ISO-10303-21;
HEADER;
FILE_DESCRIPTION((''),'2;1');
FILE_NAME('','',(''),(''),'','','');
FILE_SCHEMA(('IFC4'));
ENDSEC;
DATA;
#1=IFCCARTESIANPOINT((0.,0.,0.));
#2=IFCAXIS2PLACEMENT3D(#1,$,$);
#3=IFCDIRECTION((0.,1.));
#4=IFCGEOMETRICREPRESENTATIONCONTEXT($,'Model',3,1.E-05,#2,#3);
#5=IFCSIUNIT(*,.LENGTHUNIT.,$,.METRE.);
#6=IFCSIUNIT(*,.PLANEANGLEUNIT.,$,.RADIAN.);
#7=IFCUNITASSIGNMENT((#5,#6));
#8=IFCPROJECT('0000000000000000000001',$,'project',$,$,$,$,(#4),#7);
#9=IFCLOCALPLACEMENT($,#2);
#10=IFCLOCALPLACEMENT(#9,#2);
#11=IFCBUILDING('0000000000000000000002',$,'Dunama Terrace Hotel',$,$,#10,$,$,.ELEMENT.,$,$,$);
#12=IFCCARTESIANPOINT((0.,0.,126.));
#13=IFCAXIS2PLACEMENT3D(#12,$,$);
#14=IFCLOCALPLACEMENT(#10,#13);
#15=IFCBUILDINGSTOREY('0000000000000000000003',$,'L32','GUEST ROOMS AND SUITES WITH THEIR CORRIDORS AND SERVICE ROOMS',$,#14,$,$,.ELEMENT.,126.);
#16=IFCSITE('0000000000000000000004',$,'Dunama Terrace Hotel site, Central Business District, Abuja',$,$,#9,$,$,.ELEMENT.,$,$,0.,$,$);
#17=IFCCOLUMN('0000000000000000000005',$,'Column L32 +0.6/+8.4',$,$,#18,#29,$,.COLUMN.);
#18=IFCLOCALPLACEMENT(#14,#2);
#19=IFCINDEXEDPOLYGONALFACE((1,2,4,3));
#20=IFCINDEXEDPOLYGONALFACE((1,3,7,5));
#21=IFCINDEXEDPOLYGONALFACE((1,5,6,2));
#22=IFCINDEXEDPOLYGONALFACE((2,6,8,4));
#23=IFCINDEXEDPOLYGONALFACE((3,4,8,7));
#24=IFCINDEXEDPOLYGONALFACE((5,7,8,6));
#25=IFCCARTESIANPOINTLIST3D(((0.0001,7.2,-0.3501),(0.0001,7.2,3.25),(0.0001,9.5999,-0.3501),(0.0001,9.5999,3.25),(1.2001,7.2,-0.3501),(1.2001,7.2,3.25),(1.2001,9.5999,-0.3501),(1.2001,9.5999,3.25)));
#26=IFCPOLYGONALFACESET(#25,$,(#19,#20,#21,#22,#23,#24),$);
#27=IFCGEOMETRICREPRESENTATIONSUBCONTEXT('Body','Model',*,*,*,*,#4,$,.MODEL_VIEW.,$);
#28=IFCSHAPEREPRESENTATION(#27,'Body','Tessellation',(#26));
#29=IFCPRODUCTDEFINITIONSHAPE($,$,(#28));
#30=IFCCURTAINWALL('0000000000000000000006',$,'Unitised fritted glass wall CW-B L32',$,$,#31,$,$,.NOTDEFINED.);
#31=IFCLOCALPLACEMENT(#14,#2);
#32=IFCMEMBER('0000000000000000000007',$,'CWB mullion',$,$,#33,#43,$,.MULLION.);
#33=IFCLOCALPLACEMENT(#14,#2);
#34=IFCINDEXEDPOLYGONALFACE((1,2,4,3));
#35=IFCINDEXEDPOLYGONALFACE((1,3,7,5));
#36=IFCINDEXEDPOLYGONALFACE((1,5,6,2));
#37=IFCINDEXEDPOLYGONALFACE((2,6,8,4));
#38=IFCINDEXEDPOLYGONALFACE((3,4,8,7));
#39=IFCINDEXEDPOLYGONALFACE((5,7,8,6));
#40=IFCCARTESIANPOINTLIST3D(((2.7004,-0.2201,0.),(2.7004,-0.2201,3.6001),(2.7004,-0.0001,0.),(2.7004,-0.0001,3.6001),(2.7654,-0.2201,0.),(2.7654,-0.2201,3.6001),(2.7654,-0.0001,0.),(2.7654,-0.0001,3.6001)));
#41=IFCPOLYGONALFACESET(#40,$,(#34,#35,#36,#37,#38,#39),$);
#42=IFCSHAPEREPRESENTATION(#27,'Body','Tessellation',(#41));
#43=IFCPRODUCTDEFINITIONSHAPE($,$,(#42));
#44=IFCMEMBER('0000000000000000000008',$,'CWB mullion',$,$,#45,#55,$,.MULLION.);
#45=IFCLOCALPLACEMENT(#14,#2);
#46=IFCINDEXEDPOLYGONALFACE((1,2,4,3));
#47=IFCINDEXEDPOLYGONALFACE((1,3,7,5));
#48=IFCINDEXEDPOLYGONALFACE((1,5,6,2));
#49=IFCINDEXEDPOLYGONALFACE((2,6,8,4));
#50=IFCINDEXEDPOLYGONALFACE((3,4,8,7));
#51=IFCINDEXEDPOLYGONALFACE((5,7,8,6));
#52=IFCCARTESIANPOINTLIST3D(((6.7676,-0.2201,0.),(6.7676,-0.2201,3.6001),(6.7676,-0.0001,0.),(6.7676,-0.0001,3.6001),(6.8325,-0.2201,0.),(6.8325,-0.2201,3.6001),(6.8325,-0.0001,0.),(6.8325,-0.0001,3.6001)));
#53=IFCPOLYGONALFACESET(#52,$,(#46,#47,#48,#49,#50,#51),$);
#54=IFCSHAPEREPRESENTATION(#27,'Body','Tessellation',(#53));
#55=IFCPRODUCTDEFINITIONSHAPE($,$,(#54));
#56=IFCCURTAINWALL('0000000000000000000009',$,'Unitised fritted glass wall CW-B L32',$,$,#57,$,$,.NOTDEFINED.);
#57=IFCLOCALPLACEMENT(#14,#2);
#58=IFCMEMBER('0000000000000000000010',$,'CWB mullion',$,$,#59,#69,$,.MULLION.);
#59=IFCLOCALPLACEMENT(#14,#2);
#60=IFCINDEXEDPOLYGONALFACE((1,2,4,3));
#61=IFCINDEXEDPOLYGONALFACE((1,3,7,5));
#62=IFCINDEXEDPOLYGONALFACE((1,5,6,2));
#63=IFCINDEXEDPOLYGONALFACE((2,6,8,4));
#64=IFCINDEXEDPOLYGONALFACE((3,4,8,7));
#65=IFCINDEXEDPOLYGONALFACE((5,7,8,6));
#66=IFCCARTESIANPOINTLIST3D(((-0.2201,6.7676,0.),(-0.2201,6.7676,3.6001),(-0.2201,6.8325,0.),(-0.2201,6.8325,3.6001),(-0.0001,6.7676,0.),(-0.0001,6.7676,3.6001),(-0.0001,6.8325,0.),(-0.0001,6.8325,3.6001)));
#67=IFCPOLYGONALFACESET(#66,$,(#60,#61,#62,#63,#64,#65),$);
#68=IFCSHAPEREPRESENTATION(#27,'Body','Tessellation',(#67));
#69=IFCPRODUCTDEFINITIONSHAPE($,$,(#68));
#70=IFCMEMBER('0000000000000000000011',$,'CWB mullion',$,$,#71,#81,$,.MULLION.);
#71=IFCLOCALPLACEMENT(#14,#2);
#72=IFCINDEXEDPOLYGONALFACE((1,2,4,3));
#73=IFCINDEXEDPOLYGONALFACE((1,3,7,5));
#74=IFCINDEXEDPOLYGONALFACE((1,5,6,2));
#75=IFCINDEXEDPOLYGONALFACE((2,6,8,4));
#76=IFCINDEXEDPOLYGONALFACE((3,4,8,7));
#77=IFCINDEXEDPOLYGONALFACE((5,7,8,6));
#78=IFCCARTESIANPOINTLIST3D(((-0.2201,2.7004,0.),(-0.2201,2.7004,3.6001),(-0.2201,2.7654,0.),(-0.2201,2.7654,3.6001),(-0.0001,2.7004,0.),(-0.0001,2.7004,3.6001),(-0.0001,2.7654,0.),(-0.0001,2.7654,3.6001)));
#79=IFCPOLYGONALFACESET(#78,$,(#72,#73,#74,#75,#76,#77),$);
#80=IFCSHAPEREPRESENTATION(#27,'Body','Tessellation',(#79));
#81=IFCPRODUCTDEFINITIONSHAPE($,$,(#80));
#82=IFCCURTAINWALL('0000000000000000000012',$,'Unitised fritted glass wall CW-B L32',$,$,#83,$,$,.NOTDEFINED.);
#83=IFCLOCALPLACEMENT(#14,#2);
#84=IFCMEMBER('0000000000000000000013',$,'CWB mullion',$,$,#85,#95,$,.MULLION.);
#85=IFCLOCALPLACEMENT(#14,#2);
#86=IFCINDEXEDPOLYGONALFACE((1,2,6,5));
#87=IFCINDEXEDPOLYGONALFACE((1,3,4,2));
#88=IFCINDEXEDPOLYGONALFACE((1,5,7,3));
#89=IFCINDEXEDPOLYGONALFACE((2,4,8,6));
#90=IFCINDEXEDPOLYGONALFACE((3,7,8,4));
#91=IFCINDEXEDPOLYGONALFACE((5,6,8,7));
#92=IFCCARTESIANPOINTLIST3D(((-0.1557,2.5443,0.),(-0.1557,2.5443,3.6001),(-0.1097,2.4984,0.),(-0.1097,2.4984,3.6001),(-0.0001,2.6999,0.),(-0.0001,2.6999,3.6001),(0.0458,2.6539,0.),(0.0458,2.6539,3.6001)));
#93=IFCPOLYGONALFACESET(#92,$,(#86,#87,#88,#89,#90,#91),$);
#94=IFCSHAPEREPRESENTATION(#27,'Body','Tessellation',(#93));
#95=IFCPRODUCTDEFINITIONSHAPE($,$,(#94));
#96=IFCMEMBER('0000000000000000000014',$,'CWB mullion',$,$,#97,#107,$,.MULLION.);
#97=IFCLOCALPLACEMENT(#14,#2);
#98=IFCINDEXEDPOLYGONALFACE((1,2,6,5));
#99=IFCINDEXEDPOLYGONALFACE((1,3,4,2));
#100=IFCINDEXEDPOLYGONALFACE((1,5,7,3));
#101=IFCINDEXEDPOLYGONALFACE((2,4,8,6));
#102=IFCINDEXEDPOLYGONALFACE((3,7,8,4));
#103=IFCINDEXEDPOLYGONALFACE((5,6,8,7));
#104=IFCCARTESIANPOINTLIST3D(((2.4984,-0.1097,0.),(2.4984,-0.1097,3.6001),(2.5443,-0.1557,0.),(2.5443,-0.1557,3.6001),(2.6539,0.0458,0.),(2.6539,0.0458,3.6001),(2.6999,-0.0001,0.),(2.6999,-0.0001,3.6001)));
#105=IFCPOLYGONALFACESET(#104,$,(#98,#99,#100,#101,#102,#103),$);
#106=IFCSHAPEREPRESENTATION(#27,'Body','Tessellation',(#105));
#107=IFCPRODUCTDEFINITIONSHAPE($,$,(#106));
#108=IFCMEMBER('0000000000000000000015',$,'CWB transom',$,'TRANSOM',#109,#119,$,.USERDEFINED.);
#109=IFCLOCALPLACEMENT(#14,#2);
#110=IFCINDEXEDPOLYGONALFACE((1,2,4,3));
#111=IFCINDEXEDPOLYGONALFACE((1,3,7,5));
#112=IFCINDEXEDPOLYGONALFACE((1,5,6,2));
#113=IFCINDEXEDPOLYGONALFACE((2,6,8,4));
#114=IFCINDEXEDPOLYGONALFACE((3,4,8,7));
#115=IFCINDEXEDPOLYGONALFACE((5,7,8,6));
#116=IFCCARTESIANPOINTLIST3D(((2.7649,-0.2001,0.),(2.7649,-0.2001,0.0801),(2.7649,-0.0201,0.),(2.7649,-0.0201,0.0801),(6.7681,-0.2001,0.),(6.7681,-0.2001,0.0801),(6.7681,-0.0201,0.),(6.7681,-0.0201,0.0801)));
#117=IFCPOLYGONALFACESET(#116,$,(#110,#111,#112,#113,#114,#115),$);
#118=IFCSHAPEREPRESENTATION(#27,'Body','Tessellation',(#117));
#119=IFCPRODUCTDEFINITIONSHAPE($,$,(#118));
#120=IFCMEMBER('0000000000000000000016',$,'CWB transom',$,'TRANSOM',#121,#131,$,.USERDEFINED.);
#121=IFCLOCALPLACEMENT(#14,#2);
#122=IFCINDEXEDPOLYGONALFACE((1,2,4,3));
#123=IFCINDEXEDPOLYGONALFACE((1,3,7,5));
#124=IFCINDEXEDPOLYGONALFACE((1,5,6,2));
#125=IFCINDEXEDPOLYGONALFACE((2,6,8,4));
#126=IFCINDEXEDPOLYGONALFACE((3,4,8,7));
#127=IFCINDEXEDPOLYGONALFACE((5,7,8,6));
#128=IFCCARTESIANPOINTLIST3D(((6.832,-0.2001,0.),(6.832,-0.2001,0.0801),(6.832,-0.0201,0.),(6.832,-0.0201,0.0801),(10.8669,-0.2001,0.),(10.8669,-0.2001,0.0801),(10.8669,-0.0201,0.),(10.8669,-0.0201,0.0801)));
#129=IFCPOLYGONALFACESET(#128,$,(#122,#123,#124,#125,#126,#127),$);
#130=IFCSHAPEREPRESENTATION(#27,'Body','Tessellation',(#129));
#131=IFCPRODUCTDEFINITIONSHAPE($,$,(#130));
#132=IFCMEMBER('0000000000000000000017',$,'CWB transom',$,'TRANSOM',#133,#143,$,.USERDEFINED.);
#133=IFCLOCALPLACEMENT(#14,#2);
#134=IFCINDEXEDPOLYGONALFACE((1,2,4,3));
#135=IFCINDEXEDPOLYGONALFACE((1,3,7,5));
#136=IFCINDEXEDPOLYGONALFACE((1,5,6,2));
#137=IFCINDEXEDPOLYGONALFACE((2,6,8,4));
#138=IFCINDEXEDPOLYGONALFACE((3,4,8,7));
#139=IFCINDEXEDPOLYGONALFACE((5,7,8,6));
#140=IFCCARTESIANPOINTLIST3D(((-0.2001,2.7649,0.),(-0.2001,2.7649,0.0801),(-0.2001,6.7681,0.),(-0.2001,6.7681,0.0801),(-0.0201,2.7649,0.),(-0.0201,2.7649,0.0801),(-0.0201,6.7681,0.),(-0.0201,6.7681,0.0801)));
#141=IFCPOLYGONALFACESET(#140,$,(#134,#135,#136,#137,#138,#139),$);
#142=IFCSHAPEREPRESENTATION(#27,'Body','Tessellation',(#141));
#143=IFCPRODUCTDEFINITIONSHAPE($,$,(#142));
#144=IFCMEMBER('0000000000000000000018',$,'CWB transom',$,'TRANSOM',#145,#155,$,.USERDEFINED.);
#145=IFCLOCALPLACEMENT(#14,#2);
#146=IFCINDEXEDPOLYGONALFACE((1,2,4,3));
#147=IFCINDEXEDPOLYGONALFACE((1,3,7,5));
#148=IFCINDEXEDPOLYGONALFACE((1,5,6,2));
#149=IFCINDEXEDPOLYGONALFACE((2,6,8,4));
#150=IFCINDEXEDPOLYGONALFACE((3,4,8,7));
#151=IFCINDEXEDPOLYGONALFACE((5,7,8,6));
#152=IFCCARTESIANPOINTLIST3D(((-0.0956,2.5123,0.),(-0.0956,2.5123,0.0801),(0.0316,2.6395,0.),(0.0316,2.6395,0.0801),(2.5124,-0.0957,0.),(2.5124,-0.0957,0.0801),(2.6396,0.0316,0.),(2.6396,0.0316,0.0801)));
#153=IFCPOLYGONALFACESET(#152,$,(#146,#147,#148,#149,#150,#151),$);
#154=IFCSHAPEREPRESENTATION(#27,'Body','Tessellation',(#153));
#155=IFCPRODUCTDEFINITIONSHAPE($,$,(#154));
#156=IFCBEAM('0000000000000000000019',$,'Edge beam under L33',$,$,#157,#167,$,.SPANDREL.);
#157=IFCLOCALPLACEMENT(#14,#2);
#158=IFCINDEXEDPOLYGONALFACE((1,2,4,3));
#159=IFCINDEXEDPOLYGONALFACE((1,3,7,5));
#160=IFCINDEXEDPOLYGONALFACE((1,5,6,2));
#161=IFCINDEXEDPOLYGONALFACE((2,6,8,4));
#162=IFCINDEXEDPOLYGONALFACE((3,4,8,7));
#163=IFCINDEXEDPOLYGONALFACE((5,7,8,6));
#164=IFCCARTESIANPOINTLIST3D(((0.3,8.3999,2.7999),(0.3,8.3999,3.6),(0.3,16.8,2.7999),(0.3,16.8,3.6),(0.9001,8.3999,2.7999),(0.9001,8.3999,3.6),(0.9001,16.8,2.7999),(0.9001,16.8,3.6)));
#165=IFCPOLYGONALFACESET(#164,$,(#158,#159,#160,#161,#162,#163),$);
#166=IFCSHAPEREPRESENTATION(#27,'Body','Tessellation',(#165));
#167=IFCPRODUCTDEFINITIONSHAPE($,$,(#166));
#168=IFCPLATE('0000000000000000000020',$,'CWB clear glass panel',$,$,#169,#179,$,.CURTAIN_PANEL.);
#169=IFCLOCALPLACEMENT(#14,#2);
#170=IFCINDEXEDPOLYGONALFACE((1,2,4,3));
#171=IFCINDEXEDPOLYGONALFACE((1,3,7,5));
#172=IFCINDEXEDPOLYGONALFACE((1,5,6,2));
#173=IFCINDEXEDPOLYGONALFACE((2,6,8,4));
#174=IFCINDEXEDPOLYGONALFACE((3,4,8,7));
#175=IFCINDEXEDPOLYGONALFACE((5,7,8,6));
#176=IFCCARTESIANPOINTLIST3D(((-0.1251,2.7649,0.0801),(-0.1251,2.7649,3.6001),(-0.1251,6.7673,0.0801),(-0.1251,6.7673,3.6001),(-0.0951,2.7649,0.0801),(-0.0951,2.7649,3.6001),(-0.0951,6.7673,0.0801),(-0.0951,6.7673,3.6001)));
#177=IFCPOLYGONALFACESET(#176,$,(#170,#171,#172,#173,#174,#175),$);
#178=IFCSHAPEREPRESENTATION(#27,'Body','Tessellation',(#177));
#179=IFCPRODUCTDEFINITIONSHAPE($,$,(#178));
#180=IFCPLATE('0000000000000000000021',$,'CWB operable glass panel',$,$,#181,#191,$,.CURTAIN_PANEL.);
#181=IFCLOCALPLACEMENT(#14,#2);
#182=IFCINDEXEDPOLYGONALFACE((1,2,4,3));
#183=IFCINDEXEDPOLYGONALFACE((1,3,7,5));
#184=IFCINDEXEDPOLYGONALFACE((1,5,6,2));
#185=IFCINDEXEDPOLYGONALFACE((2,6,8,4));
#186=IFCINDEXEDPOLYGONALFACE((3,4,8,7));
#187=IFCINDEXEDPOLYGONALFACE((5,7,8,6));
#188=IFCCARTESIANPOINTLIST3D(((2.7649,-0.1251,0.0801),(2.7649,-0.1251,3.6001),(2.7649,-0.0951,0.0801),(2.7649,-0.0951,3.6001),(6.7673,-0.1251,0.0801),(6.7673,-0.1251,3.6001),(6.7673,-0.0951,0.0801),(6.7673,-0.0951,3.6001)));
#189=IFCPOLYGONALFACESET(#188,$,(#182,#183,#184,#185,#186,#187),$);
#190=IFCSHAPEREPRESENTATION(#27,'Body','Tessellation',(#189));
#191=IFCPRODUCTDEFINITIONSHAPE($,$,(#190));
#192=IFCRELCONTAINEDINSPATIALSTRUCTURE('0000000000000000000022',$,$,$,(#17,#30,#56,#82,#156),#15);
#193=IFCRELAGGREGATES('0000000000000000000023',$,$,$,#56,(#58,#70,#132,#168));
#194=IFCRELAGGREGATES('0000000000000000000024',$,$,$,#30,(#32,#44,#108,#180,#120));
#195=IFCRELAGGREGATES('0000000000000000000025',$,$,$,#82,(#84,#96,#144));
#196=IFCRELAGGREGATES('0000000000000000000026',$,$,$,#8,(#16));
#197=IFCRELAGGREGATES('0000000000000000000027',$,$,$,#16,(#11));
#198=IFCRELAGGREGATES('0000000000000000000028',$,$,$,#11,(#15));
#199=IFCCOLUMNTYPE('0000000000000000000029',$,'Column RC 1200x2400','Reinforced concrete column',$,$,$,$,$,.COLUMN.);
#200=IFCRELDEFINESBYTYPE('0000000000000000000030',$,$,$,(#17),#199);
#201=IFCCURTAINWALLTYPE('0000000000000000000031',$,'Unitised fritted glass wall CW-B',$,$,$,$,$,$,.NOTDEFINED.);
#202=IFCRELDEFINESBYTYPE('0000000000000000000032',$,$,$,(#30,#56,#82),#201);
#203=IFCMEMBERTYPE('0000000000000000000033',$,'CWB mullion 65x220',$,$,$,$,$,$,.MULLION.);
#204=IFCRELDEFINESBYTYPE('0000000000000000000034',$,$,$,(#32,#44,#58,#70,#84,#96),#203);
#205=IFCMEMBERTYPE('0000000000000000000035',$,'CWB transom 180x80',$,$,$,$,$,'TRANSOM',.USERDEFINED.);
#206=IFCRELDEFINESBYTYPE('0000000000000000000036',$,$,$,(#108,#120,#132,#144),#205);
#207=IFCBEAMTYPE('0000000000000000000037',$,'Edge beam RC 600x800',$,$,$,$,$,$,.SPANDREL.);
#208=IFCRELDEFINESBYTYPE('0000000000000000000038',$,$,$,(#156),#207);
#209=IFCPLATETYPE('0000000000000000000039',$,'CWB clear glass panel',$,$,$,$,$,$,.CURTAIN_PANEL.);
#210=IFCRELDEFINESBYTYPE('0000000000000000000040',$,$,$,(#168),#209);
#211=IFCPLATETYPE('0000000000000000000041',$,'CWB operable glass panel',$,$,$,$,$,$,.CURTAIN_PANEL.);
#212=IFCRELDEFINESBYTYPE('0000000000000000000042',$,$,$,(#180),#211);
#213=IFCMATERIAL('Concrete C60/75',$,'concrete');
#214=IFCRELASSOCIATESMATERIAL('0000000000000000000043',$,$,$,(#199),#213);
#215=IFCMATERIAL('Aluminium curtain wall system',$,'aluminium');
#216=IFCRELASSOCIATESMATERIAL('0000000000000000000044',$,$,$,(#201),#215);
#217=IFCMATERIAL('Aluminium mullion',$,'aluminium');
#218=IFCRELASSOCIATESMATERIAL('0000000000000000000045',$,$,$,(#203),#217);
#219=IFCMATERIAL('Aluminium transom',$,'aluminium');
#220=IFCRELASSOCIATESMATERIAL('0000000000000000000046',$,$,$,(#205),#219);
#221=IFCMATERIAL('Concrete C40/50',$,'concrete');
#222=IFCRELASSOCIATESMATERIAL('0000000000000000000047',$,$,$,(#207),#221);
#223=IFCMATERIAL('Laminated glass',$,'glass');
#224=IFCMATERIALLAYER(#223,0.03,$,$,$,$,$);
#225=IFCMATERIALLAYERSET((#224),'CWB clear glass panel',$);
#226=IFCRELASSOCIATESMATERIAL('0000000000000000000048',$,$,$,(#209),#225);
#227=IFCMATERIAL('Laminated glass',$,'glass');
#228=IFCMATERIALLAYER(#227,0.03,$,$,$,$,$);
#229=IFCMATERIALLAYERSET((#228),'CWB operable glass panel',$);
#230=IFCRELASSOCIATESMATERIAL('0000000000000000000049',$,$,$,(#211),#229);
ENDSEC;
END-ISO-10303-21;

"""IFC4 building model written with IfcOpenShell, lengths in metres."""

from ifc_helpers import new_model, si_unit, direction, frame, origin, origin_2d, place, context, subcontext, project, spatial, rectangle, extrude, material, layer, layer_set, material_profile, profile_set, type_object, element, aggregate, save


model = new_model("IFC4")

# Units and contexts
model_context = context("Model", 3, precision=1e-05, world=origin(), true_north=direction((0.0, 1.0)))
body_context = subcontext(model_context, "Body", "Model", "MODEL_VIEW")
ifc_project = project(units=[si_unit("LENGTHUNIT", "METRE"), si_unit("PLANEANGLEUNIT", "RADIAN")], contexts=[model_context])

# Site, building, storey
site_placement = place(None, origin())
site = spatial("IfcSite", under=ifc_project, at=site_placement, Name="Dunama Terrace Hotel site, Central Business District, Abuja", CompositionType="ELEMENT", RefElevation=0.0)
building_placement = place(site_placement, origin())
building = spatial("IfcBuilding", under=site, at=building_placement, Name="Dunama Terrace Hotel", CompositionType="ELEMENT")
storey_placement = place(building_placement, frame((0.0, 0.0, 126.0)))
storey = spatial("IfcBuildingStorey", under=building, at=storey_placement, Name="L32", Description="GUEST ROOMS AND SUITES WITH THEIR CORRIDORS AND SERVICE ROOMS", CompositionType="ELEMENT", Elevation=126.0)

# Column
ifc_material_1 = material(Name="Concrete C60/75", Category="concrete")
ifc_material_profile_1 = material_profile(ifc_material_1, rectangle(XDim=1.2, YDim=2.3999, at=origin_2d()), Name="RC 1200x2400")
ifc_profile_set_1 = profile_set([ifc_material_profile_1], Name="Concrete C60/75")
column_type = type_object("IfcColumnType", Name="Column RC 1200x2400", Description="Reinforced concrete column", PredefinedType="COLUMN", material=ifc_profile_set_1)
column_placement = place(storey_placement, frame((0.6001, 8.3999, -0.3501), z_axis=(0.0, 0.0, 1.0), x_axis=(1.0, 0.0, 0.0)))
element("IfcColumn", 1, at=column_placement, inside=storey, type_object=column_type, Name="Column L32 +0.6/+8.4", PredefinedType="COLUMN", context=body_context, shape_type="SweptSolid", body=[
    extrude(rectangle(XDim=1.2, YDim=2.3999, at=origin_2d()), origin(), (0.0, 0.0, 1.0), 3.6001),
])

# Curtain walls, members
ifc_material_2 = material(Name="Aluminium curtain wall system", Category="aluminium")
curtain_wall_type = type_object("IfcCurtainWallType", Name="Unitised fritted glass wall CW-B", PredefinedType="NOTDEFINED", material=ifc_material_2)
curtain_wall_1_placement = place(storey_placement, origin())
curtain_wall_1 = element("IfcCurtainWall", 2, at=curtain_wall_1_placement, inside=storey, type_object=curtain_wall_type, Name="Unitised fritted glass wall CW-B L32", PredefinedType="NOTDEFINED")
ifc_material_3 = material(Name="Aluminium mullion", Category="aluminium")
ifc_material_profile_2 = material_profile(ifc_material_3, rectangle(XDim=0.0649, YDim=0.22, at=origin_2d()), Name="CWB MULLION 65X220")
ifc_profile_set_2 = profile_set([ifc_material_profile_2], Name="Aluminium mullion")
member_type_1 = type_object("IfcMemberType", Name="CWB mullion 65x220", PredefinedType="MULLION", material=ifc_profile_set_2)
member_1_placement = place(storey_placement, frame((2.7329, -0.1101, 0.0), z_axis=(0.0, 0.0, 1.0), x_axis=(1.0, 0.0, 0.0)))
member_1 = element("IfcMember", 3, at=member_1_placement, type_object=member_type_1, Name="CWB mullion", PredefinedType="MULLION", context=body_context, shape_type="SweptSolid", body=[
    extrude(rectangle(XDim=0.0649, YDim=0.22, at=origin_2d()), origin(), (0.0, 0.0, 1.0), 3.6001),
])
member_2_placement = place(storey_placement, frame((6.8, -0.1101, 0.0), z_axis=(0.0, 0.0, 1.0), x_axis=(1.0, 0.0, 0.0)))
member_2 = element("IfcMember", 4, at=member_2_placement, type_object=member_type_1, Name="CWB mullion", PredefinedType="MULLION", context=body_context, shape_type="SweptSolid", body=[
    extrude(rectangle(XDim=0.0649, YDim=0.22, at=origin_2d()), origin(), (0.0, 0.0, 1.0), 3.6001),
])
curtain_wall_2_placement = place(storey_placement, origin())
curtain_wall_2 = element("IfcCurtainWall", 5, at=curtain_wall_2_placement, inside=storey, type_object=curtain_wall_type, Name="Unitised fritted glass wall CW-B L32", PredefinedType="NOTDEFINED")
member_3_placement = place(storey_placement, frame((-0.1101, 6.8, 0.0), z_axis=(0.0, 0.0, 1.0), x_axis=(0.0, -1.0, 0.0)))
member_3 = element("IfcMember", 6, at=member_3_placement, type_object=member_type_1, Name="CWB mullion", PredefinedType="MULLION", context=body_context, shape_type="SweptSolid", body=[
    extrude(rectangle(XDim=0.0649, YDim=0.22, at=origin_2d()), origin(), (0.0, 0.0, 1.0), 3.6001),
])
member_4_placement = place(storey_placement, frame((-0.1101, 2.7329, 0.0), z_axis=(0.0, 0.0, 1.0), x_axis=(0.0, -1.0, 0.0)))
member_4 = element("IfcMember", 7, at=member_4_placement, type_object=member_type_1, Name="CWB mullion", PredefinedType="MULLION", context=body_context, shape_type="SweptSolid", body=[
    extrude(rectangle(XDim=0.0649, YDim=0.22, at=origin_2d()), origin(), (0.0, 0.0, 1.0), 3.6001),
])
curtain_wall_3_placement = place(storey_placement, origin())
curtain_wall_3 = element("IfcCurtainWall", 8, at=curtain_wall_3_placement, inside=storey, type_object=curtain_wall_type, Name="Unitised fritted glass wall CW-B L32", PredefinedType="NOTDEFINED")
member_5_placement = place(storey_placement, frame((-0.0549, 2.5991, 0.0), z_axis=(0.0, 0.0, 1.0), x_axis=(0.707107, -0.707107, 0.0)))
member_5 = element("IfcMember", 9, at=member_5_placement, type_object=member_type_1, Name="CWB mullion", PredefinedType="MULLION", context=body_context, shape_type="SweptSolid", body=[
    extrude(rectangle(XDim=0.0649, YDim=0.22, at=origin_2d()), origin(), (0.0, 0.0, 1.0), 3.6001),
])
member_6_placement = place(storey_placement, frame((2.5991, -0.0549, 0.0), z_axis=(0.0, 0.0, 1.0), x_axis=(0.707107, -0.707107, 0.0)))
member_6 = element("IfcMember", 10, at=member_6_placement, type_object=member_type_1, Name="CWB mullion", PredefinedType="MULLION", context=body_context, shape_type="SweptSolid", body=[
    extrude(rectangle(XDim=0.0649, YDim=0.22, at=origin_2d()), origin(), (0.0, 0.0, 1.0), 3.6001),
])

# Members
ifc_material_4 = material(Name="Aluminium transom", Category="aluminium")
ifc_material_profile_3 = material_profile(ifc_material_4, rectangle(XDim=0.1799, YDim=0.0801, at=origin_2d()), Name="CWB TRANSOM 180X80")
ifc_profile_set_3 = profile_set([ifc_material_profile_3], Name="Aluminium transom")
member_type_2 = type_object("IfcMemberType", Name="CWB transom 180x80", ElementType="TRANSOM", PredefinedType="USERDEFINED", material=ifc_profile_set_3)
member_7_placement = place(storey_placement, frame((2.7649, -0.1101, 0.04), z_axis=(1.0, 0.0, 0.0), x_axis=(0.0, 1.0, 0.0)))
member_7 = element("IfcMember", 11, at=member_7_placement, type_object=member_type_2, Name="CWB transom", ObjectType="TRANSOM", PredefinedType="USERDEFINED", context=body_context, shape_type="SweptSolid", body=[
    extrude(rectangle(XDim=0.1799, YDim=0.0801, at=origin_2d()), origin(), (0.0, 0.0, 1.0), 4.0032),
])
member_8_placement = place(storey_placement, frame((6.832, -0.1101, 0.04), z_axis=(1.0, 0.0, 0.0), x_axis=(0.0, 1.0, 0.0)))
member_8 = element("IfcMember", 12, at=member_8_placement, type_object=member_type_2, Name="CWB transom", ObjectType="TRANSOM", PredefinedType="USERDEFINED", context=body_context, shape_type="SweptSolid", body=[
    extrude(rectangle(XDim=0.1799, YDim=0.0801, at=origin_2d()), origin(), (0.0, 0.0, 1.0), 4.0349),
])
member_9_placement = place(storey_placement, frame((-0.1101, 6.7681, 0.04), z_axis=(0.0, -1.0, 0.0), x_axis=(1.0, 0.0, 0.0)))
member_9 = element("IfcMember", 13, at=member_9_placement, type_object=member_type_2, Name="CWB transom", ObjectType="TRANSOM", PredefinedType="USERDEFINED", context=body_context, shape_type="SweptSolid", body=[
    extrude(rectangle(XDim=0.1799, YDim=0.0801, at=origin_2d()), origin(), (0.0, 0.0, 1.0), 4.0032),
])
member_10_placement = place(storey_placement, frame((-0.032, 2.5759, 0.04), z_axis=(0.707107, -0.707107, 0.0), x_axis=(0.707107, 0.707107, 0.0)))
member_10 = element("IfcMember", 14, at=member_10_placement, type_object=member_type_2, Name="CWB transom", ObjectType="TRANSOM", PredefinedType="USERDEFINED", context=body_context, shape_type="SweptSolid", body=[
    extrude(rectangle(XDim=0.1799, YDim=0.0801, at=origin_2d()), origin(), (0.0, 0.0, 1.0), 3.6882),
])

# Beam
ifc_material_5 = material(Name="Concrete C40/50", Category="concrete")
ifc_material_profile_4 = material_profile(ifc_material_5, rectangle(XDim=0.6001, YDim=0.8, at=origin_2d()), Name="RC 600x800")
ifc_profile_set_4 = profile_set([ifc_material_profile_4], Name="Concrete C40/50")
beam_type = type_object("IfcBeamType", Name="Edge beam RC 600x800", PredefinedType="SPANDREL", material=ifc_profile_set_4)
beam_placement = place(storey_placement, frame((0.6001, 8.3999, 3.2), z_axis=(0.0, 1.0, 0.0), x_axis=(-1.0, 0.0, 0.0)))
element("IfcBeam", 15, at=beam_placement, inside=storey, type_object=beam_type, Name="Edge beam under L33", PredefinedType="SPANDREL", context=body_context, shape_type="SweptSolid", body=[
    extrude(rectangle(XDim=0.6001, YDim=0.8, at=origin_2d()), origin(), (0.0, 0.0, 1.0), 8.4001),
])

# Plates
ifc_material_6 = material(Name="Laminated glass", Category="glass")
ifc_layer_1 = layer(ifc_material_6, 0.03)
ifc_layer_set_1 = layer_set([ifc_layer_1], Name="CWB clear glass panel")
plate_type_1 = type_object("IfcPlateType", Name="CWB clear glass panel", PredefinedType="CURTAIN_PANEL", material=ifc_layer_set_1)
plate_1_placement = place(storey_placement, frame((-0.1101, 4.7661, 0.0801), z_axis=(0.0, 0.0, 1.0), x_axis=(0.0, -1.0, 0.0)))
plate_1 = element("IfcPlate", 16, at=plate_1_placement, type_object=plate_type_1, Name="CWB clear glass panel", PredefinedType="CURTAIN_PANEL", context=body_context, shape_type="SweptSolid", body=[
    extrude(rectangle(XDim=4.0024, YDim=0.03, at=origin_2d()), origin(), (0.0, 0.0, 1.0), 3.52),
])
aggregate(curtain_wall_2, [member_3, member_4, member_9, plate_1])
ifc_material_7 = material(Name="Laminated glass", Category="glass")
ifc_layer_2 = layer(ifc_material_7, 0.03)
ifc_layer_set_2 = layer_set([ifc_layer_2], Name="CWB operable glass panel")
plate_type_2 = type_object("IfcPlateType", Name="CWB operable glass panel", PredefinedType="CURTAIN_PANEL", material=ifc_layer_set_2)
plate_2_placement = place(storey_placement, frame((4.7661, -0.1101, 0.0801), z_axis=(0.0, 0.0, 1.0), x_axis=(1.0, 0.0, 0.0)))
plate_2 = element("IfcPlate", 17, at=plate_2_placement, type_object=plate_type_2, Name="CWB operable glass panel", PredefinedType="CURTAIN_PANEL", context=body_context, shape_type="SweptSolid", body=[
    extrude(rectangle(XDim=4.0024, YDim=0.03, at=origin_2d()), origin(), (0.0, 0.0, 1.0), 3.52),
])
aggregate(curtain_wall_1, [member_1, member_2, member_7, plate_2, member_8])
aggregate(curtain_wall_3, [member_5, member_6, member_10])

save(model, "model.ifc")
